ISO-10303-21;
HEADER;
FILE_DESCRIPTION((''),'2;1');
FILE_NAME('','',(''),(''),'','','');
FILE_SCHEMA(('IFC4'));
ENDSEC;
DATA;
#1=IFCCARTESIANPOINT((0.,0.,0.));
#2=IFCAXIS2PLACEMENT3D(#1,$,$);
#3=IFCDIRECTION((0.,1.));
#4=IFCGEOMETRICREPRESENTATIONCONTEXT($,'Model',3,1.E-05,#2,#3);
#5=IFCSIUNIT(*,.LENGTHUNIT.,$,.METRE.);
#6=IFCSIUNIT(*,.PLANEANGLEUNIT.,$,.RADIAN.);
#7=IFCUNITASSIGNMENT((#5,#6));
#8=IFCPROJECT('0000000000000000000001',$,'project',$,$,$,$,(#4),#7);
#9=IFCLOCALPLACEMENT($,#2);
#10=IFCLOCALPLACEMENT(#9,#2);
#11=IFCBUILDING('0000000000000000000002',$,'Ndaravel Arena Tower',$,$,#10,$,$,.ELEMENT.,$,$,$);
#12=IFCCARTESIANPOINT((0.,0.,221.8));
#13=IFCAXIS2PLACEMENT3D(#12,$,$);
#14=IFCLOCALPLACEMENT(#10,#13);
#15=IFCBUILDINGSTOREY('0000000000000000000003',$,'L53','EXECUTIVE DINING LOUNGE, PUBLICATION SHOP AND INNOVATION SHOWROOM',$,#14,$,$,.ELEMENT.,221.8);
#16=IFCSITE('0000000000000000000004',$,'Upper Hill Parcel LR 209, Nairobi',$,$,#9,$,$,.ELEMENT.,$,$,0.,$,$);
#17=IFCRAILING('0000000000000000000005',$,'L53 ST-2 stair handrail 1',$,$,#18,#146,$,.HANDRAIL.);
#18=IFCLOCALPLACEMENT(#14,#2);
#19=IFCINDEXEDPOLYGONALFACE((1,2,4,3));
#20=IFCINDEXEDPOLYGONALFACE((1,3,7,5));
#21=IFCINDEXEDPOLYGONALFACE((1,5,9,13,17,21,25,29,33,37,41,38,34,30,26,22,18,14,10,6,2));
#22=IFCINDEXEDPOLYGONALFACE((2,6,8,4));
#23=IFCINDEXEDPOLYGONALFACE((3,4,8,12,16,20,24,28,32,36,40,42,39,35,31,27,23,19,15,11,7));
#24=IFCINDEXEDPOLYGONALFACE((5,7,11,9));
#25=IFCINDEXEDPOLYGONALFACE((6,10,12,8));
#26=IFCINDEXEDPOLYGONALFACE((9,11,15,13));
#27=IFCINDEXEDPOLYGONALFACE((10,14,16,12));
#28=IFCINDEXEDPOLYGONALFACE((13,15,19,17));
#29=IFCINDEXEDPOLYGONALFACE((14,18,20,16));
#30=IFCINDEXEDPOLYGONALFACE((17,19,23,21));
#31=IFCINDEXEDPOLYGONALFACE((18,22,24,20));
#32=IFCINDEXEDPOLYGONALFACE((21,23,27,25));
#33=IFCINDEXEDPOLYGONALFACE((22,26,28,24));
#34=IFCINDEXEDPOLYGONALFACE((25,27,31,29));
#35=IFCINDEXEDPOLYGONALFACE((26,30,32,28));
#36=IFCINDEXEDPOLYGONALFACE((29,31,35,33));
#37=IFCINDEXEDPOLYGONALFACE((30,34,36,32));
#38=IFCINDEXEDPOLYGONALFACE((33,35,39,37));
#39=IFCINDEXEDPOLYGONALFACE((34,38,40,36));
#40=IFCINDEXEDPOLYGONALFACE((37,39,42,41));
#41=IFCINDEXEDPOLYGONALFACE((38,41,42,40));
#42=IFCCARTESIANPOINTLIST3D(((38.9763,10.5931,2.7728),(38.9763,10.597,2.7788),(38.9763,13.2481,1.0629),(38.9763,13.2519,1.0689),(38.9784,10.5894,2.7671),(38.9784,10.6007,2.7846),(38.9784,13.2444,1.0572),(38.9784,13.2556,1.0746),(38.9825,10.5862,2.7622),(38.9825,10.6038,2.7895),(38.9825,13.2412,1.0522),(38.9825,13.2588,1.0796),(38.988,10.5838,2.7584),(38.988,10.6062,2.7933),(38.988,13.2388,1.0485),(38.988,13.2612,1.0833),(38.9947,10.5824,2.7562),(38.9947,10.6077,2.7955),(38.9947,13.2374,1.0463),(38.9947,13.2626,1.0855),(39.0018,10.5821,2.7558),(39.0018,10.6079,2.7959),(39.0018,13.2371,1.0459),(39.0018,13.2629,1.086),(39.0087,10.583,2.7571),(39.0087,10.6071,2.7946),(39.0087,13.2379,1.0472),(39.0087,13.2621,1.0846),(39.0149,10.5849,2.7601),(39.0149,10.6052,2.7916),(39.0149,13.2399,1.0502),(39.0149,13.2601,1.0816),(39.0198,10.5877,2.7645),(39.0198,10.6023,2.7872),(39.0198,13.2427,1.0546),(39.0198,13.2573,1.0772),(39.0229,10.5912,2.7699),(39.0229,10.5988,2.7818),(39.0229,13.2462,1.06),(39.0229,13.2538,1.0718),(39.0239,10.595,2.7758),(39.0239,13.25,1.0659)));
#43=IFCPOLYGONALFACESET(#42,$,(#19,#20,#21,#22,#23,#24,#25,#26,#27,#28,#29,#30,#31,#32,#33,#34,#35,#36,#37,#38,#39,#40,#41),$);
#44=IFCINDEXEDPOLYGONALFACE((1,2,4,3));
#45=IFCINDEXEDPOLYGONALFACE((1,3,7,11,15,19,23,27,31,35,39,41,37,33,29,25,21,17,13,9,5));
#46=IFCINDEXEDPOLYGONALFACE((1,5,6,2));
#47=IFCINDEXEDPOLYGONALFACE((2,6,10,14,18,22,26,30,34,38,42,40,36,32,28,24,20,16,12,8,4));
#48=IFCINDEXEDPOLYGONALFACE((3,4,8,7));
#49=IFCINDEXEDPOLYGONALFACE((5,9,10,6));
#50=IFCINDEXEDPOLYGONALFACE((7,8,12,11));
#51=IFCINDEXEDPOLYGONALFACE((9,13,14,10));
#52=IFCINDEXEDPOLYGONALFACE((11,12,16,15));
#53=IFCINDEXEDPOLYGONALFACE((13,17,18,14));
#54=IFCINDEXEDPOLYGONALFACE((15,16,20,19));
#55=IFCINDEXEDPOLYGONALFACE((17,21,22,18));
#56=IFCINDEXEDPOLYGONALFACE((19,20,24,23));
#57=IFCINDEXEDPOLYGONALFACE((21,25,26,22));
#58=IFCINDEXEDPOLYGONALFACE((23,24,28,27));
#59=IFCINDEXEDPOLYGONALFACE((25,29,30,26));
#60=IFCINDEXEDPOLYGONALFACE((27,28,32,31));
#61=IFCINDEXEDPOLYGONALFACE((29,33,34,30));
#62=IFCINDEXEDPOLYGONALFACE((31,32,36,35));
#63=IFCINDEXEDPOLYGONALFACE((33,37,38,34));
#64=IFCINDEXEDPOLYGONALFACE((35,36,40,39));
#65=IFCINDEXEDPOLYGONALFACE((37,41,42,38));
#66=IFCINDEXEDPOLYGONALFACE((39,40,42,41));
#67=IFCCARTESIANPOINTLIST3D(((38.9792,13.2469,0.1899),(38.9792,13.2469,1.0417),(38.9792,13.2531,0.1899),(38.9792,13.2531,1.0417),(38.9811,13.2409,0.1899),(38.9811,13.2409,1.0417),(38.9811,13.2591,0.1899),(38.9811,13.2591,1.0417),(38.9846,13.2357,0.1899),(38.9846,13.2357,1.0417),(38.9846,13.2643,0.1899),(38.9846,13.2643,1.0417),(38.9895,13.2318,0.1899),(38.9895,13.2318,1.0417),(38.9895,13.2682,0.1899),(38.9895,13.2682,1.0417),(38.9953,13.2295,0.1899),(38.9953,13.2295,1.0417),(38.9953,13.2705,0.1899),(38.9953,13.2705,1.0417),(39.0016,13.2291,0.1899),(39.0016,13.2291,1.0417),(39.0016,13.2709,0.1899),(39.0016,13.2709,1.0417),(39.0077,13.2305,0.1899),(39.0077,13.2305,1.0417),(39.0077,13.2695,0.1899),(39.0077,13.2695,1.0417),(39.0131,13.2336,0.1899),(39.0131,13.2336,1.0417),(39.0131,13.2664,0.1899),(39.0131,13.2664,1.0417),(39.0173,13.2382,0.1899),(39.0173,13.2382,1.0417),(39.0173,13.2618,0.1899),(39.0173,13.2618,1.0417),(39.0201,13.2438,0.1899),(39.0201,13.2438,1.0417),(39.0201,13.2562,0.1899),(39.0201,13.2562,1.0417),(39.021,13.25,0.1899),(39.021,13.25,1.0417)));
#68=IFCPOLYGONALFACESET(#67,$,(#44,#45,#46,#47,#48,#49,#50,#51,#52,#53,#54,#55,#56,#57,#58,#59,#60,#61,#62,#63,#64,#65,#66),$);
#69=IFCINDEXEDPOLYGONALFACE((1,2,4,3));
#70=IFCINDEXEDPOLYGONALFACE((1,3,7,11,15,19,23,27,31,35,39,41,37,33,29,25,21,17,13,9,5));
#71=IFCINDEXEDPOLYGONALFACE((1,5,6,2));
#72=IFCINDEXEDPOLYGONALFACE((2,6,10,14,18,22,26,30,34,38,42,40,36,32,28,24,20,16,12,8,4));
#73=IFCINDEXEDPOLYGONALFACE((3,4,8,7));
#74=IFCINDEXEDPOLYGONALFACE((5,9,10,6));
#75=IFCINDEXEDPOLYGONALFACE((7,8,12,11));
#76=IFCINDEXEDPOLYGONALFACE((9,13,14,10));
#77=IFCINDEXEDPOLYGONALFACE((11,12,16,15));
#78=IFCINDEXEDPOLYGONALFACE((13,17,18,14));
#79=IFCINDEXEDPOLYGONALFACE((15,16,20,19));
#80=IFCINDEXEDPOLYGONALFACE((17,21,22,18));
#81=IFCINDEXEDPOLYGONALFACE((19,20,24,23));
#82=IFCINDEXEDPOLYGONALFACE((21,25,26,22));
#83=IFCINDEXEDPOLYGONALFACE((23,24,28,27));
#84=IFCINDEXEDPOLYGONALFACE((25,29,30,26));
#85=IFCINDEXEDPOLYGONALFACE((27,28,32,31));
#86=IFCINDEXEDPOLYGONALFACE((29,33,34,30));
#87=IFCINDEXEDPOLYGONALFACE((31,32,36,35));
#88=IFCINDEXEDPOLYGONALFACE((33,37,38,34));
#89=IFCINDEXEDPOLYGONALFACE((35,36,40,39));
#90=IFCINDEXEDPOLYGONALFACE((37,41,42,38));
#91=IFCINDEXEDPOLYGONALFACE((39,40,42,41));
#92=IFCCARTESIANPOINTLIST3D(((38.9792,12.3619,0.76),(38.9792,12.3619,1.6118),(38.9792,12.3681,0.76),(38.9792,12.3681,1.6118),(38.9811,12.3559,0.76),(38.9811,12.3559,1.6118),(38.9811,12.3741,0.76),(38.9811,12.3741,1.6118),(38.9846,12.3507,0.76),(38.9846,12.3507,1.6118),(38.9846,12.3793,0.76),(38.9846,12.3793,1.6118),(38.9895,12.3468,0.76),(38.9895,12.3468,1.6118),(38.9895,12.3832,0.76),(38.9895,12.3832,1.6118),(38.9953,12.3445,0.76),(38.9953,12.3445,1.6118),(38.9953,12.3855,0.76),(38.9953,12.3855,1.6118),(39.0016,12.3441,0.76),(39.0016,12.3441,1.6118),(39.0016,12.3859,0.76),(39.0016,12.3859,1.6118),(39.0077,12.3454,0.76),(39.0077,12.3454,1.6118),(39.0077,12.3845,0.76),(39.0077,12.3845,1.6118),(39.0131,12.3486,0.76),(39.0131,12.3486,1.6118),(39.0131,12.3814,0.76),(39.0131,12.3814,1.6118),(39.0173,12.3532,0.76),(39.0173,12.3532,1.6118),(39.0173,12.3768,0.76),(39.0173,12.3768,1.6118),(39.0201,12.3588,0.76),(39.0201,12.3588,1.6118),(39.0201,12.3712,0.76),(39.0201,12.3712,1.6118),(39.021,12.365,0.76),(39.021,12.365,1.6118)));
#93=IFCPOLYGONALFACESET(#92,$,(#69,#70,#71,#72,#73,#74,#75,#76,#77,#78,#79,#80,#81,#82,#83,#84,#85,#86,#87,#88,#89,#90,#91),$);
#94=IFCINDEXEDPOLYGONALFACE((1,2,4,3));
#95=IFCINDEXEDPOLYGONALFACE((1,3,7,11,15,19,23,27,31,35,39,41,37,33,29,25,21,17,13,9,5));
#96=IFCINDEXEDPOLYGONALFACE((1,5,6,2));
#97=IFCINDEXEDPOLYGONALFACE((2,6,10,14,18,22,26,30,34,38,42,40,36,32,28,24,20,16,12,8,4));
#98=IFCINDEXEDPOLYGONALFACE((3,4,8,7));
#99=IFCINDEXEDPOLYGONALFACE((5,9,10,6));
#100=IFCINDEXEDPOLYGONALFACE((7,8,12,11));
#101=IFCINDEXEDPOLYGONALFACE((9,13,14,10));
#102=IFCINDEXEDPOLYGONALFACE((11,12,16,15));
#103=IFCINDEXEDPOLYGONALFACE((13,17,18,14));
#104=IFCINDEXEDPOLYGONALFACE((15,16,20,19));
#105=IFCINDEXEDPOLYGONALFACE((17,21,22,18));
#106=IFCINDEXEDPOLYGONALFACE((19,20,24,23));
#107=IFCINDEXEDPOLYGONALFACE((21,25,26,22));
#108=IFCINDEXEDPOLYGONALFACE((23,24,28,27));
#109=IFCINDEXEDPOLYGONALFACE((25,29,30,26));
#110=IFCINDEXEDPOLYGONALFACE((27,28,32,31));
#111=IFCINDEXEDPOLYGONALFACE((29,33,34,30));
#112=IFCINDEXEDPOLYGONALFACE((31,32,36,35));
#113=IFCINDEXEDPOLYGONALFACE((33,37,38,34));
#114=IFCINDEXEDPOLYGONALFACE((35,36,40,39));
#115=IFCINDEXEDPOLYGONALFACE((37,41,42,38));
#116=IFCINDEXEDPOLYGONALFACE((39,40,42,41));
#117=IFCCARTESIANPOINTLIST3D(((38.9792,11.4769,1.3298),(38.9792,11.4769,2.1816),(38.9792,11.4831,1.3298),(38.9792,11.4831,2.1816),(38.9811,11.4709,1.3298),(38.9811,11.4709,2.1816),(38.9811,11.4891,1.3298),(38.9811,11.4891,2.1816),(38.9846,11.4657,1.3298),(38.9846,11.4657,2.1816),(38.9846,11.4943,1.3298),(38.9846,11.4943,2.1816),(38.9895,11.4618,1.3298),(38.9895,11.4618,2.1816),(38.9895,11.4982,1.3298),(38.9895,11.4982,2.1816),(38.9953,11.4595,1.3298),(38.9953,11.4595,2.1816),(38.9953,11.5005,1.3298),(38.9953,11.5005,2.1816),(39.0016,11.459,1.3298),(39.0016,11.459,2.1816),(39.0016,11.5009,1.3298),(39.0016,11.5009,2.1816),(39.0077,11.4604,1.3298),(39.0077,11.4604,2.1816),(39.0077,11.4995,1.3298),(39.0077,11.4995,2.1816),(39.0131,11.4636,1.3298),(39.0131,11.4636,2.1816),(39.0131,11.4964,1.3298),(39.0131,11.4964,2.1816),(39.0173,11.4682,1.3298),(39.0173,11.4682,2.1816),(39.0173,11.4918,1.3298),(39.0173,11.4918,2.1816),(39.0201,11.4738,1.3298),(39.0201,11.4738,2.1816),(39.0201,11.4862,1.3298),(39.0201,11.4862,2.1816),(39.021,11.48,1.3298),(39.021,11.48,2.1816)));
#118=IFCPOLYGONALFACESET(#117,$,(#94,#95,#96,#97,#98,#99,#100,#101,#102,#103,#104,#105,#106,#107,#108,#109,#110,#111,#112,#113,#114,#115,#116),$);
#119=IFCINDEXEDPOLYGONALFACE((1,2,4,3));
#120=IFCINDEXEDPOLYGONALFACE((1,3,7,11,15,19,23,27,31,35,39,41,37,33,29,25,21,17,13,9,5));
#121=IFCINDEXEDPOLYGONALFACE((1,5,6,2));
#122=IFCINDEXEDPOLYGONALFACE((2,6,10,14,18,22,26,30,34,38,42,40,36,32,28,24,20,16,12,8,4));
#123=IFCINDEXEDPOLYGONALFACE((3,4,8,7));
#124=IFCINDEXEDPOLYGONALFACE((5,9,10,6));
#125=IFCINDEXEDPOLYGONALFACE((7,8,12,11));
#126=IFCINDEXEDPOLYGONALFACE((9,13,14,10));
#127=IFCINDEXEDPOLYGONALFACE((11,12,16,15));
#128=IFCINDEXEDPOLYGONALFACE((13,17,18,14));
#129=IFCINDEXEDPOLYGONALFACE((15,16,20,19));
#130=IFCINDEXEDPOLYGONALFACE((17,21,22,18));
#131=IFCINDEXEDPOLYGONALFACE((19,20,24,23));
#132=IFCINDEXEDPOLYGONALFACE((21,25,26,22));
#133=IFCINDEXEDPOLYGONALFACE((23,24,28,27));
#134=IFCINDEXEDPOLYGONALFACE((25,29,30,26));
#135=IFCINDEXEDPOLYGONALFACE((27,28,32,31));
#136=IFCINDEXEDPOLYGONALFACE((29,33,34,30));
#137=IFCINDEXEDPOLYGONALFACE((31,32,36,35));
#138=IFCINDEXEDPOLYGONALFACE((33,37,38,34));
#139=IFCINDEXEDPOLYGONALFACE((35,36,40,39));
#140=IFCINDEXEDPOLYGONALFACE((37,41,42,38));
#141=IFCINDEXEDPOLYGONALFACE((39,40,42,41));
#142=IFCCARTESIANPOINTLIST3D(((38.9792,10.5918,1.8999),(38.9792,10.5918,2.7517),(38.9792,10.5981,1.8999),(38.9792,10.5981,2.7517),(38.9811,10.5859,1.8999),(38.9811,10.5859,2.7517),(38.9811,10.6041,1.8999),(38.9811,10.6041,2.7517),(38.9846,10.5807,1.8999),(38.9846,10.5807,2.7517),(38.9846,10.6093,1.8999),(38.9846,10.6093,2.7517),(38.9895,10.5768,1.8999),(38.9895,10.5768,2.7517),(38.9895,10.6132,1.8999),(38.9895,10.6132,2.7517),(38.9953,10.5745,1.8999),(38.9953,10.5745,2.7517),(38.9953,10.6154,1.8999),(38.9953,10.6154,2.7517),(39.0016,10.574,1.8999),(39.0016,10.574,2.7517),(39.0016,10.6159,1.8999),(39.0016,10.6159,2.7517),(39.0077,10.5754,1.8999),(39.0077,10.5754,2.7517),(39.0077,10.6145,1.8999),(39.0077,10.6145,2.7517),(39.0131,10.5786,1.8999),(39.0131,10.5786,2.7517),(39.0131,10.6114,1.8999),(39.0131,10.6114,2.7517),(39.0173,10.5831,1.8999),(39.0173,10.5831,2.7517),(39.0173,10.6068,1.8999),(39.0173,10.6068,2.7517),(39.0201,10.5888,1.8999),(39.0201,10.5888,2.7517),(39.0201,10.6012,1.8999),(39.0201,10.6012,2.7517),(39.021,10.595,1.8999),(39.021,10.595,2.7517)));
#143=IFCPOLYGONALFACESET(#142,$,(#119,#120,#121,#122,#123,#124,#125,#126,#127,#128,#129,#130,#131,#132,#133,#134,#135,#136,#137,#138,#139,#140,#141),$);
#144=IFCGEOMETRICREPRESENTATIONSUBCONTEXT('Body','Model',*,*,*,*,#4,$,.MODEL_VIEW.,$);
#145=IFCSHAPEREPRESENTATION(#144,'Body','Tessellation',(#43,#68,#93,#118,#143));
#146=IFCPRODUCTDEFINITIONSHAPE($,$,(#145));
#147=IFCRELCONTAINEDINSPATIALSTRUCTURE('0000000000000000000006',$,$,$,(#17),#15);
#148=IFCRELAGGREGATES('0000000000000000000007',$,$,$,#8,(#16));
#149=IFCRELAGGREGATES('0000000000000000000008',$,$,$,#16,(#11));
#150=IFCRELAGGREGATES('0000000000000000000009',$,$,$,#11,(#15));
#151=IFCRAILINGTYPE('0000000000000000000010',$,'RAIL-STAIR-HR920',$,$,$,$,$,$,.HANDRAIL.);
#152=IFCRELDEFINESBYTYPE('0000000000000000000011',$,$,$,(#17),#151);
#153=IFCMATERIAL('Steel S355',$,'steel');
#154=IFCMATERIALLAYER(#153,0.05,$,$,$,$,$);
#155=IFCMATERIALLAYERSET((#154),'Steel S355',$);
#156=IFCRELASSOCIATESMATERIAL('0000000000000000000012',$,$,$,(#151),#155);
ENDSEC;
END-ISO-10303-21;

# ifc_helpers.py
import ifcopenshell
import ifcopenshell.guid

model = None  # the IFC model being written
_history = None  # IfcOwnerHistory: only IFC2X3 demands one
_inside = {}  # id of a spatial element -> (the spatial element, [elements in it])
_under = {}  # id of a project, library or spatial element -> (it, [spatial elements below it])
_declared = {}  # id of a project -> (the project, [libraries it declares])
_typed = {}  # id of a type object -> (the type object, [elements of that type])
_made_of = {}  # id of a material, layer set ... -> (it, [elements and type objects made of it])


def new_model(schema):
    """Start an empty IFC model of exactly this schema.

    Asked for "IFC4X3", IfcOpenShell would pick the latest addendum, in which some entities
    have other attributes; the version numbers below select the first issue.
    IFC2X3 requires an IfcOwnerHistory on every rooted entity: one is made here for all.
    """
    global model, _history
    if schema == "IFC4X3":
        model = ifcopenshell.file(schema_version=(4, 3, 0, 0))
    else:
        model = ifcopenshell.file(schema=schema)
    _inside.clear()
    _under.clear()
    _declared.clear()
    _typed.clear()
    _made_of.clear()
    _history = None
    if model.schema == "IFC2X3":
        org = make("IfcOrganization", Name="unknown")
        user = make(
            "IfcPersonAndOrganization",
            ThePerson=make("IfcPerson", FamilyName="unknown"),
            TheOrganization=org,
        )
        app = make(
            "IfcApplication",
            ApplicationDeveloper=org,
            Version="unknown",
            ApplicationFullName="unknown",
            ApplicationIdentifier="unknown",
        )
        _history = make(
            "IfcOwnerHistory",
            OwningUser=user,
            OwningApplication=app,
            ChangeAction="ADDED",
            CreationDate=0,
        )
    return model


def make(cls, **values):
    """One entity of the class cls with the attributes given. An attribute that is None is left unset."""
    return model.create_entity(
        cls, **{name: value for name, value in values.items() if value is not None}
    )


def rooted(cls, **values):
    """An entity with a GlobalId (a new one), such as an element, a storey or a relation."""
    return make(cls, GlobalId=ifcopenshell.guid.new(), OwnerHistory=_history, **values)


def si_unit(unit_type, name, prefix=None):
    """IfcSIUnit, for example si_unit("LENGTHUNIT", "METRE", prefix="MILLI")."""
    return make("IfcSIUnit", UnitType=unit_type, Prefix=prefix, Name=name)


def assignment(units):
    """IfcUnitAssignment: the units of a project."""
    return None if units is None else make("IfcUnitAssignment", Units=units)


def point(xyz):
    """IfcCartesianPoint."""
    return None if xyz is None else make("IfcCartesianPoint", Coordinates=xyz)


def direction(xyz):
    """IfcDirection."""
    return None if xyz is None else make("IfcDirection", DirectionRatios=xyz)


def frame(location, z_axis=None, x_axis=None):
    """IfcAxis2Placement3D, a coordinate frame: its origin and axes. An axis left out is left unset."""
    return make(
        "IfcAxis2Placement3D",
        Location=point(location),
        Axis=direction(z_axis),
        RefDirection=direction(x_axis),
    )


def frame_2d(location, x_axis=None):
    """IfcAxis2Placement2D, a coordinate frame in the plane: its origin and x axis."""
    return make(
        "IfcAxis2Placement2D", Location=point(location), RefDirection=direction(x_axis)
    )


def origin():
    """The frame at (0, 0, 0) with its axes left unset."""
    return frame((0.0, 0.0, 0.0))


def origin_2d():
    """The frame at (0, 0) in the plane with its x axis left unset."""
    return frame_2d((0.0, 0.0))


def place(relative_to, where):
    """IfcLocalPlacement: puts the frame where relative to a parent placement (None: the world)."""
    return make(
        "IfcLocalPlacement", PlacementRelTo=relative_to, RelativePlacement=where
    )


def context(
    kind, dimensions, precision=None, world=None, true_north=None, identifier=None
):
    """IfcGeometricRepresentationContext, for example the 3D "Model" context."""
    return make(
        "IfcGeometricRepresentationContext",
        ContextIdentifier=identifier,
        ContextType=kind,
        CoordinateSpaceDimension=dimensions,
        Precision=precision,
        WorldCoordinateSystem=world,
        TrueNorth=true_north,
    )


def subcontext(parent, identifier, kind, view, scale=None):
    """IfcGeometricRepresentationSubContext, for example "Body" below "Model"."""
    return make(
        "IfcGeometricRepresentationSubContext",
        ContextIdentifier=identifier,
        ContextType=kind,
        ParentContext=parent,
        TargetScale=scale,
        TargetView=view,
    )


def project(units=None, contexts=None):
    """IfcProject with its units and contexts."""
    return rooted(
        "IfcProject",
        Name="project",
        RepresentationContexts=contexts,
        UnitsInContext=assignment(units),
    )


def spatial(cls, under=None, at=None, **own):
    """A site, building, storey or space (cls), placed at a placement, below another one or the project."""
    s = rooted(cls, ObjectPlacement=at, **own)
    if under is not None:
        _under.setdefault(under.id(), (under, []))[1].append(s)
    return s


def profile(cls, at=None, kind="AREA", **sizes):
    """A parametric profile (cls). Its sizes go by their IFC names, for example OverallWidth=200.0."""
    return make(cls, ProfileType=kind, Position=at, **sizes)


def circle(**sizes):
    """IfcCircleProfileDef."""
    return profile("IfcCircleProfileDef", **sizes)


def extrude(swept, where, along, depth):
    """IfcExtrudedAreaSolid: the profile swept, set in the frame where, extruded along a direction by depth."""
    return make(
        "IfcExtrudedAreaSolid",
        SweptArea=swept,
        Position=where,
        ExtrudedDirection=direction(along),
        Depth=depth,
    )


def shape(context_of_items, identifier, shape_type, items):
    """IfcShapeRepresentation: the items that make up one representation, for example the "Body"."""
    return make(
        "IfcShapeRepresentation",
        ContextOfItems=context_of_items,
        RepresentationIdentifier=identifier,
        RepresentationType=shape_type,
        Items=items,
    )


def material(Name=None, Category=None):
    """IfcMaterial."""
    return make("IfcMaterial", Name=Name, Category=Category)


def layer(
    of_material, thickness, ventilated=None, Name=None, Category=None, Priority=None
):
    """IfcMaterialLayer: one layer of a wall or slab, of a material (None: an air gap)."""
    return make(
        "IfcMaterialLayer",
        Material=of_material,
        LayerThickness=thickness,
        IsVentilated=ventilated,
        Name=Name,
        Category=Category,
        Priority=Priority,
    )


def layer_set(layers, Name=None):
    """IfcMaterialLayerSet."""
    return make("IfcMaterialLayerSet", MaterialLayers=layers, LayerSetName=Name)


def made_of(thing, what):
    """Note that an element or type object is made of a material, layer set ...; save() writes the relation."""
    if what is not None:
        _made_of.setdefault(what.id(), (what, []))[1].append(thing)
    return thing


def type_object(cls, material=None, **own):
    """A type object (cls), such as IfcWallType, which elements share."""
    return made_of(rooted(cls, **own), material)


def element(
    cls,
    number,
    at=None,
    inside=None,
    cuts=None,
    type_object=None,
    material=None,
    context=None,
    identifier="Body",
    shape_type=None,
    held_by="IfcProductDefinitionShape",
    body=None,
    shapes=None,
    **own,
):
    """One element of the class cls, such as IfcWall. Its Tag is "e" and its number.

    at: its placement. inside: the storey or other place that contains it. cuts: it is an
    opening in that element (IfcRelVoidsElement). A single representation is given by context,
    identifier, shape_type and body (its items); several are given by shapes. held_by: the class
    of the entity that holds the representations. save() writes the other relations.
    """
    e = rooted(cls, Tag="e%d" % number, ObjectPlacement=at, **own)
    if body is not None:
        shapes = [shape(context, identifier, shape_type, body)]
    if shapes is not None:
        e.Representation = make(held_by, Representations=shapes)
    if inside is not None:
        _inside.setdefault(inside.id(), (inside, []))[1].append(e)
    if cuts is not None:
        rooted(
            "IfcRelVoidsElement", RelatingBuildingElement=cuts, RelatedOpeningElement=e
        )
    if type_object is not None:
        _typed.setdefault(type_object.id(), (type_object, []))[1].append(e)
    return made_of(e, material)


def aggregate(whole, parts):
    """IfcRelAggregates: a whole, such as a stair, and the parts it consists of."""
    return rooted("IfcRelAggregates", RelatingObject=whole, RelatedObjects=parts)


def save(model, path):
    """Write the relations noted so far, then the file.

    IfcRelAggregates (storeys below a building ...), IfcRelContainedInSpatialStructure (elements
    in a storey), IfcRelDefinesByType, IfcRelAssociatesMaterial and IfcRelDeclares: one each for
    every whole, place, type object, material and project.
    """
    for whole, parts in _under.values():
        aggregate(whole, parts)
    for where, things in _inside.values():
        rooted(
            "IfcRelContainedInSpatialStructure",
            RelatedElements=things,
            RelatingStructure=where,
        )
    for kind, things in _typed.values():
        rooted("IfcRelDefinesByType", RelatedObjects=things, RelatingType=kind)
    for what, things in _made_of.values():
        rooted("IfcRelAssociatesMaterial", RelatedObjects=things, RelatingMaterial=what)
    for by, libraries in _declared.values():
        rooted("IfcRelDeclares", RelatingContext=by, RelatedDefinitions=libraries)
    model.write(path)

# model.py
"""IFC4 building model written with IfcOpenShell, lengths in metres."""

from ifc_helpers import new_model, si_unit, direction, frame, origin, origin_2d, place, context, subcontext, project, spatial, circle, extrude, material, layer, layer_set, type_object, element, save


model = new_model("IFC4")

# Units and contexts
model_context = context("Model", 3, precision=1e-05, world=origin(), true_north=direction((0.0, 1.0)))
body_context = subcontext(model_context, "Body", "Model", "MODEL_VIEW")
ifc_project = project(units=[si_unit("LENGTHUNIT", "METRE"), si_unit("PLANEANGLEUNIT", "RADIAN")], contexts=[model_context])

# Site, building, storey
site_placement = place(None, origin())
site = spatial("IfcSite", under=ifc_project, at=site_placement, Name="Upper Hill Parcel LR 209, Nairobi", CompositionType="ELEMENT", RefElevation=0.0)
building_placement = place(site_placement, origin())
building = spatial("IfcBuilding", under=site, at=building_placement, Name="Ndaravel Arena Tower", CompositionType="ELEMENT")
storey_placement = place(building_placement, frame((0.0, 0.0, 221.8)))
storey = spatial("IfcBuildingStorey", under=building, at=storey_placement, Name="L53", Description="EXECUTIVE DINING LOUNGE, PUBLICATION SHOP AND INNOVATION SHOWROOM", CompositionType="ELEMENT", Elevation=221.8)

# Railing
ifc_material_1 = material(Name="Steel S355", Category="steel")
ifc_layer_1 = layer(ifc_material_1, 0.05)
ifc_layer_set_1 = layer_set([ifc_layer_1], Name="Steel S355")
railing_type_1 = type_object("IfcRailingType", Name="RAIL-STAIR-HR920", PredefinedType="HANDRAIL", material=ifc_layer_set_1)
railing_1_placement = place(storey_placement, frame((39.0, 13.25, 0.1899)))
element("IfcRailing", 1, at=railing_1_placement, inside=storey, type_object=railing_type_1, Name="L53 ST-2 stair handrail 1", PredefinedType="HANDRAIL", context=body_context, shape_type="SweptSolid", body=[
    extrude(circle(Radius=0.0239, at=origin_2d()), frame((0.0, 0.0, 0.876), z_axis=(0.0, -0.840724, 0.541465), x_axis=(1.0, 0.0, 0.0)), (0.0, 0.0, 1.0), 3.158),
    extrude(circle(Radius=0.021, at=origin_2d()), origin(), (0.0, 0.0, 1.0), 0.8518),
    extrude(circle(Radius=0.021, at=origin_2d()), frame((0.0, -0.885, 0.5701)), (0.0, 0.0, 1.0), 0.8518),
    extrude(circle(Radius=0.021, at=origin_2d()), frame((0.0, -1.77, 1.1399)), (0.0, 0.0, 1.0), 0.8518),
    extrude(circle(Radius=0.021, at=origin_2d()), frame((0.0, -2.655, 1.71)), (0.0, 0.0, 1.0), 0.8518),
])

save(model, "model.ifc")
